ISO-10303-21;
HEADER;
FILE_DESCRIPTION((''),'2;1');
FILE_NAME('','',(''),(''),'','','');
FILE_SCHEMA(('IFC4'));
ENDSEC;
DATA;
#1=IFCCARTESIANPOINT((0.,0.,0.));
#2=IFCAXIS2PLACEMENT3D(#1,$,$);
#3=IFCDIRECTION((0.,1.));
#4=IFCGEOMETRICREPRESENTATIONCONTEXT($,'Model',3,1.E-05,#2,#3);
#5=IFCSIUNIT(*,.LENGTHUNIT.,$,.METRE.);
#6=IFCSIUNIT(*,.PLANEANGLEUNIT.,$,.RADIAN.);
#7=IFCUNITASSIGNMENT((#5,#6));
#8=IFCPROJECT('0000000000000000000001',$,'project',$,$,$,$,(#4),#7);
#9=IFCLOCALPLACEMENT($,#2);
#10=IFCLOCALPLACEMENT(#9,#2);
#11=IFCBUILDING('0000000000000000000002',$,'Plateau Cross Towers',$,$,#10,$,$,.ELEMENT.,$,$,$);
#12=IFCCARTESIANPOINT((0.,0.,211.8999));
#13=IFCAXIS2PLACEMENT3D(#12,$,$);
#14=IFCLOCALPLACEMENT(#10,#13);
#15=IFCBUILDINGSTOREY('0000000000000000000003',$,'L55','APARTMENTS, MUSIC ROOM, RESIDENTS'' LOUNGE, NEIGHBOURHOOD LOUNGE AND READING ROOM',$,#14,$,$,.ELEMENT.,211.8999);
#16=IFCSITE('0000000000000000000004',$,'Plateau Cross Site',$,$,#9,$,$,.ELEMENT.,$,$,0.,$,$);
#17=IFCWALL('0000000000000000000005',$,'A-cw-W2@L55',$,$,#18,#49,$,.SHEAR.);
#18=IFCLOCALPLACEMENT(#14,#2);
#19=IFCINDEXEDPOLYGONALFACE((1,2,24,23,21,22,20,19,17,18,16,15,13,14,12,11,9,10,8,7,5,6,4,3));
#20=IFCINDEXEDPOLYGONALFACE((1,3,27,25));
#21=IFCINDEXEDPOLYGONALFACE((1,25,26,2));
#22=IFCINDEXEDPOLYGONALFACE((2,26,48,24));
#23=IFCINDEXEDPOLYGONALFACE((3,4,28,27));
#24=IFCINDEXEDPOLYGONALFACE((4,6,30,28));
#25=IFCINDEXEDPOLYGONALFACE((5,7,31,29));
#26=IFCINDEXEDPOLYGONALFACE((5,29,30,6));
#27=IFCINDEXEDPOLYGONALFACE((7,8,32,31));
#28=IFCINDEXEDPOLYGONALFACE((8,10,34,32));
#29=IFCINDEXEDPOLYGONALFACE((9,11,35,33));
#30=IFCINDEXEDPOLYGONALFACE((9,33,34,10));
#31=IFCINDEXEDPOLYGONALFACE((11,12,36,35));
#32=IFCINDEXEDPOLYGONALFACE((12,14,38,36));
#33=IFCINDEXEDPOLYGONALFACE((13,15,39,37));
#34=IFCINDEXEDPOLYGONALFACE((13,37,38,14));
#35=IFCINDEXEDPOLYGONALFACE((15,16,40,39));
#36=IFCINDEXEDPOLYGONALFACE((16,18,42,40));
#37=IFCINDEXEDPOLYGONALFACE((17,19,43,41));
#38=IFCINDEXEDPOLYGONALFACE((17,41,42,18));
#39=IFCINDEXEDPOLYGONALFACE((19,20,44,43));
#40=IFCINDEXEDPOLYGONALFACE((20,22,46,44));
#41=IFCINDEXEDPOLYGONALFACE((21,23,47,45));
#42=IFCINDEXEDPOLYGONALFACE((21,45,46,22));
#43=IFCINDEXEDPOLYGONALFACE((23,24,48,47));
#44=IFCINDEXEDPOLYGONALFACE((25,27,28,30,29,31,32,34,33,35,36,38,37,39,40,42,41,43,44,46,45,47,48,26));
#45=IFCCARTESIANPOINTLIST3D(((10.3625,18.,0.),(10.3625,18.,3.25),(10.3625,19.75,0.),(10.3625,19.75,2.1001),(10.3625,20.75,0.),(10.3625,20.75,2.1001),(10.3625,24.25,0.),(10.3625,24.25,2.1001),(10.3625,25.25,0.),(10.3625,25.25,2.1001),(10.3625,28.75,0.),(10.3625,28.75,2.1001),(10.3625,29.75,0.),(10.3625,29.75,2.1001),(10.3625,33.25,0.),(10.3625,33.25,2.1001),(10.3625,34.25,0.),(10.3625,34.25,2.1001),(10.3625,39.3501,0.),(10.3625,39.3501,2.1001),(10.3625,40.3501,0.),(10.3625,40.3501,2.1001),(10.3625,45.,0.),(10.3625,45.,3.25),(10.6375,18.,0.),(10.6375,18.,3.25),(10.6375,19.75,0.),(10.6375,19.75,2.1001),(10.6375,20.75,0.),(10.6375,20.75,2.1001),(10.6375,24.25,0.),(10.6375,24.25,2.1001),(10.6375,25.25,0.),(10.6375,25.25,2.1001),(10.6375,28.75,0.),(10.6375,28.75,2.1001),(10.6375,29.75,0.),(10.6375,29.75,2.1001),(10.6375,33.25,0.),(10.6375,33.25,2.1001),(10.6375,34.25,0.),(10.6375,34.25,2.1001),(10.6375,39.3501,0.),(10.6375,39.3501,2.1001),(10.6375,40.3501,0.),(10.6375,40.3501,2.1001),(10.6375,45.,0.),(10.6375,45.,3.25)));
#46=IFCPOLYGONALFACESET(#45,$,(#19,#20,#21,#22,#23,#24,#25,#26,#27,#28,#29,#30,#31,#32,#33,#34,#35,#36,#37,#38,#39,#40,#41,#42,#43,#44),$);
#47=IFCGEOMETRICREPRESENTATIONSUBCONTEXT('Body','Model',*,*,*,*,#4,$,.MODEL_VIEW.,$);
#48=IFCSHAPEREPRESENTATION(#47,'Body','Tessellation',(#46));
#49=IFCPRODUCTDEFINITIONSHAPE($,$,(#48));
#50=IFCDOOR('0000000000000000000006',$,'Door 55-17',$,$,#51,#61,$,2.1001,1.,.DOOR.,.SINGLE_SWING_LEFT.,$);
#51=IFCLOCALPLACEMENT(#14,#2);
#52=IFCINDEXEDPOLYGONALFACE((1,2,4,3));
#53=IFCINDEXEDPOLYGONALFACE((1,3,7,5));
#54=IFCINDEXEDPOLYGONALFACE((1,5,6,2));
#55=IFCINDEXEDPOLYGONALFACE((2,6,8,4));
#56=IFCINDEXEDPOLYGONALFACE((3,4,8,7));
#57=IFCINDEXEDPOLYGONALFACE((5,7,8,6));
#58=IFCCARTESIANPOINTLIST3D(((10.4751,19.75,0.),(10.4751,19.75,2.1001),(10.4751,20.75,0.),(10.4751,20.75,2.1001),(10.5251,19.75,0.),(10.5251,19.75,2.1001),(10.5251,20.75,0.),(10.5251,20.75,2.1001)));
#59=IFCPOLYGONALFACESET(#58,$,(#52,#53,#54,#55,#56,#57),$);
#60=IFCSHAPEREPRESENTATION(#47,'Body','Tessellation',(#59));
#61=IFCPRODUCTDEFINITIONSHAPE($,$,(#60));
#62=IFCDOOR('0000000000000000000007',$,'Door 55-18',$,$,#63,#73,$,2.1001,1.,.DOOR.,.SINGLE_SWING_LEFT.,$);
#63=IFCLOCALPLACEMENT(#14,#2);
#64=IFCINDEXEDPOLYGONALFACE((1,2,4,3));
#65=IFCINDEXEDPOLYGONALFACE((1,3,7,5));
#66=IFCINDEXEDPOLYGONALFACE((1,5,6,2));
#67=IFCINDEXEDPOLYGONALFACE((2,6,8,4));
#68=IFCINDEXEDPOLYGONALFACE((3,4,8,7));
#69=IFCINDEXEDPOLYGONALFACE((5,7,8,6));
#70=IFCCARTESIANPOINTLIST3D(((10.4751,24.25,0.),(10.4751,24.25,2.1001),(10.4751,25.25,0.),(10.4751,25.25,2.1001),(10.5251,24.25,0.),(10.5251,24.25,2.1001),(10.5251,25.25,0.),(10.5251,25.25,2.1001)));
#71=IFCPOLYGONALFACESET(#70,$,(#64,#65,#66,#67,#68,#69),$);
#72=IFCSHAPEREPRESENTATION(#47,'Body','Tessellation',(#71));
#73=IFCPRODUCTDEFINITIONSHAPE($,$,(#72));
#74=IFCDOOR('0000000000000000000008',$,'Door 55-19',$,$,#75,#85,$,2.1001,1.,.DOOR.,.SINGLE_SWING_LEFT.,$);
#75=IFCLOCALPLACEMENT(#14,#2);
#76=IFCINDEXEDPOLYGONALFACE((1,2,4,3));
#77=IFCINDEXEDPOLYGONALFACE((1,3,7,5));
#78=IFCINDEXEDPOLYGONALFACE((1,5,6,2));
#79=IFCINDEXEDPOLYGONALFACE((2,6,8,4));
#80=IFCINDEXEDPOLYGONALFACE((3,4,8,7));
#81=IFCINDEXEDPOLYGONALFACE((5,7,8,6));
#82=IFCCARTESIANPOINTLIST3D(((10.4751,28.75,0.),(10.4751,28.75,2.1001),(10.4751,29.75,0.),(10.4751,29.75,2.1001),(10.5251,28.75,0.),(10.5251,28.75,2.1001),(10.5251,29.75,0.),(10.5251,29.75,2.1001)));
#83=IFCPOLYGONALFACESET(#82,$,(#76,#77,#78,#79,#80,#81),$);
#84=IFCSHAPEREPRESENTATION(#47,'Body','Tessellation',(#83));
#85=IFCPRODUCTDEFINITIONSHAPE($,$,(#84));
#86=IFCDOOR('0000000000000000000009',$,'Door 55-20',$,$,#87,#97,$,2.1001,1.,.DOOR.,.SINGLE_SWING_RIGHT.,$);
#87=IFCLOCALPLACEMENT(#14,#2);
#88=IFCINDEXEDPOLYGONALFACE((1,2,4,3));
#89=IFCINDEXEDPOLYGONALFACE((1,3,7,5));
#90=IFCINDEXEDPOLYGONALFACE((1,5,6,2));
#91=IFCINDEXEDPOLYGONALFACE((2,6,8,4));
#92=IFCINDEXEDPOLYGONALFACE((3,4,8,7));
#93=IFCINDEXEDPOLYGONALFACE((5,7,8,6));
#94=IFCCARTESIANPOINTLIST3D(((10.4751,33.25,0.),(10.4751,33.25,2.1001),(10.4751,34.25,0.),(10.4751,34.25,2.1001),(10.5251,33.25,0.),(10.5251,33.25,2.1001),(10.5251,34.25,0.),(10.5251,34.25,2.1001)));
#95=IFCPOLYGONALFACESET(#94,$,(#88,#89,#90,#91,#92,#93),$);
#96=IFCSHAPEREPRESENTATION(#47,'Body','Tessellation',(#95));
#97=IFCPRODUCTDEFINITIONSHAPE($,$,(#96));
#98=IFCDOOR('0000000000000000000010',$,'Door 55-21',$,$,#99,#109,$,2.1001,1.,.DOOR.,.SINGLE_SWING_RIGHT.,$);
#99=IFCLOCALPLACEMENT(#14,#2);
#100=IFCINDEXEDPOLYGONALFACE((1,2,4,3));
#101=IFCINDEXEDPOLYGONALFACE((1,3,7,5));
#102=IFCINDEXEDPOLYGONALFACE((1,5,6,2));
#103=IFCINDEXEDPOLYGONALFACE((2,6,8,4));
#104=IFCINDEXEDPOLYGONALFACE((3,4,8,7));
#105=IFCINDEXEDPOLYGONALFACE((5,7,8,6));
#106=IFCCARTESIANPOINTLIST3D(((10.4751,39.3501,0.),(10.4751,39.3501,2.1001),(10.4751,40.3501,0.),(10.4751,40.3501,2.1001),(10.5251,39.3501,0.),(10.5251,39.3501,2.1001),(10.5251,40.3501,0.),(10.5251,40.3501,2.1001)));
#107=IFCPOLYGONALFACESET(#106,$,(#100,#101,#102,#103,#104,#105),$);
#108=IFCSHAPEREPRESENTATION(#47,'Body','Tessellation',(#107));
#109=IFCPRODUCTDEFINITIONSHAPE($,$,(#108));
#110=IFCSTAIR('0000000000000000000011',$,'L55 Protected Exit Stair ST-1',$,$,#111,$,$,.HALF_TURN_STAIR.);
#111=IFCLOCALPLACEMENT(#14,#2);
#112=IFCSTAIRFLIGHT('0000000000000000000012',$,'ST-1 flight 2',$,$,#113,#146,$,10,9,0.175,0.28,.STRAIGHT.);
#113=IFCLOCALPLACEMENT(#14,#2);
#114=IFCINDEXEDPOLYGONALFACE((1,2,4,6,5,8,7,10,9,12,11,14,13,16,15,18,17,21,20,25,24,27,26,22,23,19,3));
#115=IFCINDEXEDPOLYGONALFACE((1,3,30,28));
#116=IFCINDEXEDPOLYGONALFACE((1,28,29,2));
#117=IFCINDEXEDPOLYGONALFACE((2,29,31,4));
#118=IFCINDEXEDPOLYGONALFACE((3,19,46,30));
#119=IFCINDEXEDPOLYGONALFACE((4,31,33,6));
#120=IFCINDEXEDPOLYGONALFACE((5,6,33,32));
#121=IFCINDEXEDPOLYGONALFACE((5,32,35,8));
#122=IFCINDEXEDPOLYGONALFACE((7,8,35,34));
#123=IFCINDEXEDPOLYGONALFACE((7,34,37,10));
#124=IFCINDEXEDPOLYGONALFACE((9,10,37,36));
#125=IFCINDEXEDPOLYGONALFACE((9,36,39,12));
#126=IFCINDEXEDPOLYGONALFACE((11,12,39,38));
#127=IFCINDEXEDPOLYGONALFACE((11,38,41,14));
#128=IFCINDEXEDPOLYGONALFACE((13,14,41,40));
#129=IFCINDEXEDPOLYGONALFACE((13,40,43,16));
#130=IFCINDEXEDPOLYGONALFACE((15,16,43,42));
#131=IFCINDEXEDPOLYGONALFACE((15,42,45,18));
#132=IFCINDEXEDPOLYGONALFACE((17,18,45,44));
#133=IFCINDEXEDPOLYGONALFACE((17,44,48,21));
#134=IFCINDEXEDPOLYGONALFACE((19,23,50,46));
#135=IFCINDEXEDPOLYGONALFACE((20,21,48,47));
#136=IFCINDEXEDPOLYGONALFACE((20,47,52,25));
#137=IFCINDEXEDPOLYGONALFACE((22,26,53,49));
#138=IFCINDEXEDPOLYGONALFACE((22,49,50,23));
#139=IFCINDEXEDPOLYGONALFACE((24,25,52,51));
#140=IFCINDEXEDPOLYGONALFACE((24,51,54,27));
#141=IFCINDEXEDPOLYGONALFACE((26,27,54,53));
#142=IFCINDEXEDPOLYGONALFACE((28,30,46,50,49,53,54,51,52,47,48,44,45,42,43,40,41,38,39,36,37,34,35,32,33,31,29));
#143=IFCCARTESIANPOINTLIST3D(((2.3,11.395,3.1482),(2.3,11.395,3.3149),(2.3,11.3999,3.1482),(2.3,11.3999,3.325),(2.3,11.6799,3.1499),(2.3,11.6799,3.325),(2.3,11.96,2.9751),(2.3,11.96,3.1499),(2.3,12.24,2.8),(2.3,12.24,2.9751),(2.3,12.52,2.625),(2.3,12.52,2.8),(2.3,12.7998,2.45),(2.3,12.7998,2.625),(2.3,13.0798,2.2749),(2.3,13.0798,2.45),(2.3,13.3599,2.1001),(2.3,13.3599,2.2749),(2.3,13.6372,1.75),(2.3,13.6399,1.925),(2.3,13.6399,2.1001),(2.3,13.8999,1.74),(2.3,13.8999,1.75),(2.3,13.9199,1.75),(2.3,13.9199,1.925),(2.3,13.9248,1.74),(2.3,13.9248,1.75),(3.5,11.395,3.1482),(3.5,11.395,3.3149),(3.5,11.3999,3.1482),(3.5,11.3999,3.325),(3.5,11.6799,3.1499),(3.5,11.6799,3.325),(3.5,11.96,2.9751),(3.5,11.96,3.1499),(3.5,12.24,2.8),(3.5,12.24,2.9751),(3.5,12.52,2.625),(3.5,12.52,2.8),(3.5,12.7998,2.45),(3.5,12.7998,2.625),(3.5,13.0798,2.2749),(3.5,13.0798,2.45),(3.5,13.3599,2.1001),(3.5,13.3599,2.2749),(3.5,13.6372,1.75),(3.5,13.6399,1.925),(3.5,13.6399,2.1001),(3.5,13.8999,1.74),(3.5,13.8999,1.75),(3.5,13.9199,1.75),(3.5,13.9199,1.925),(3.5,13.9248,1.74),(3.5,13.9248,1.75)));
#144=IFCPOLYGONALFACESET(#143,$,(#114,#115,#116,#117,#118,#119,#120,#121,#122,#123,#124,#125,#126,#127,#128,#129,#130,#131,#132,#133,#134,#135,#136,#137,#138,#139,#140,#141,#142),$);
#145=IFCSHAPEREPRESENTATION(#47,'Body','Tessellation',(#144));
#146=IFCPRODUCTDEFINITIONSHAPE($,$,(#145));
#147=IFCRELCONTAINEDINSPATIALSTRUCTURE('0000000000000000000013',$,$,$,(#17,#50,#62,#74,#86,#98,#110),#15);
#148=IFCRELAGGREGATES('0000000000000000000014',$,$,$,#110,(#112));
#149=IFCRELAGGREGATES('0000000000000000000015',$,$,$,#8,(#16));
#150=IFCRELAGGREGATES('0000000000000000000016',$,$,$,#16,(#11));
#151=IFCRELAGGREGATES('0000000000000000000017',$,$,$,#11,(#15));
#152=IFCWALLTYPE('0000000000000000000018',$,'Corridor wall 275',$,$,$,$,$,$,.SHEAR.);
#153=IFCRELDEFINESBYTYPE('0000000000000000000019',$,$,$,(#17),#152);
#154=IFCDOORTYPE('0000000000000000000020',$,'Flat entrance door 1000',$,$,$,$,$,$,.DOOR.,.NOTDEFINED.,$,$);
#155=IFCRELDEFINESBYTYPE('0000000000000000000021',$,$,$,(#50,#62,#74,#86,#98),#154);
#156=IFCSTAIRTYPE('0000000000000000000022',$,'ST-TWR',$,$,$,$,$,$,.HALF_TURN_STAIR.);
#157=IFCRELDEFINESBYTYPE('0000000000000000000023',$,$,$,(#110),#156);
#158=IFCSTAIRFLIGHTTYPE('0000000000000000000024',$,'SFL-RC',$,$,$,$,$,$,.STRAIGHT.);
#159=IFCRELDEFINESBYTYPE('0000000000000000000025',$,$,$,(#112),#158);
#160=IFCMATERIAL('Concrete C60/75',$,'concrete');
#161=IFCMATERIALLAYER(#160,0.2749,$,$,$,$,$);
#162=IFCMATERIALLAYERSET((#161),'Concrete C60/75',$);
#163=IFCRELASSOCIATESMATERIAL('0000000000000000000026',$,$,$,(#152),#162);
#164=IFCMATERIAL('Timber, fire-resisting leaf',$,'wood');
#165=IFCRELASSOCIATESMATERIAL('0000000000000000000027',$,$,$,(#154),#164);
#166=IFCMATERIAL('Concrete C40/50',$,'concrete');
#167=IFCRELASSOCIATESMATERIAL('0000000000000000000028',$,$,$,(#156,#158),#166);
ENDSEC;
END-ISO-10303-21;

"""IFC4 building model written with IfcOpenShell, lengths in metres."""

from ifc_helpers import new_model, si_unit, direction, frame, frame_2d, origin, place, context, subcontext, project, spatial, polyline, rectangle, outline, extrude, material, layer, layer_set, type_object, element, fill, aggregate, save


model = new_model("IFC4")

# Units and contexts
model_context = context("Model", 3, precision=1e-05, world=origin(), true_north=direction((0.0, 1.0)))
body_context = subcontext(model_context, "Body", "Model", "MODEL_VIEW")
ifc_project = project(units=[si_unit("LENGTHUNIT", "METRE"), si_unit("PLANEANGLEUNIT", "RADIAN")], contexts=[model_context])

# Site, building, storey
site_placement = place(None, origin())
site = spatial("IfcSite", under=ifc_project, at=site_placement, Name="Plateau Cross Site", CompositionType="ELEMENT", RefElevation=0.0)
building_placement = place(site_placement, origin())
building = spatial("IfcBuilding", under=site, at=building_placement, Name="Plateau Cross Towers", CompositionType="ELEMENT")
storey_placement = place(building_placement, frame((0.0, 0.0, 211.8999)))
storey = spatial("IfcBuildingStorey", under=building, at=storey_placement, Name="L55", Description="APARTMENTS, MUSIC ROOM, RESIDENTS' LOUNGE, NEIGHBOURHOOD LOUNGE AND READING ROOM", CompositionType="ELEMENT", Elevation=211.8999)

# Wall, openings, doors
ifc_material_1 = material(Name="Concrete C60/75", Category="concrete")
ifc_layer = layer(ifc_material_1, 0.2749)
ifc_layer_set = layer_set([ifc_layer], Name="Concrete C60/75")
wall_type = type_object("IfcWallType", Name="Corridor wall 275", PredefinedType="SHEAR", material=ifc_layer_set)
ifc_material_2 = material(Name="Timber, fire-resisting leaf", Category="wood")
door_type_1 = type_object("IfcDoorType", Name="Flat entrance door 1000", OperationType="NOTDEFINED", PredefinedType="DOOR", material=ifc_material_2)
wall_1_placement = place(storey_placement, frame((10.5, 18.0, 0.0), z_axis=(0.0, 0.0, 1.0), x_axis=(0.0, 1.0, 0.0)))
wall_1 = element("IfcWall", 1, at=wall_1_placement, inside=storey, type_object=wall_type, Name="A-cw-W2@L55", PredefinedType="SHEAR", context=body_context, shape_type="SweptSolid", body=[
    extrude(rectangle(XDim=27.0, YDim=0.2749, at=frame_2d((13.5, 0.0))), origin(), (0.0, 0.0, 1.0), 3.25),
])
opening_1_placement = place(wall_1_placement, frame((1.75, 0.0, 0.0)))
opening_1 = element("IfcOpeningElement", 2, at=opening_1_placement, cuts=wall_1, PredefinedType="OPENING", context=body_context, shape_type="SweptSolid", body=[
    extrude(rectangle(XDim=1.0, YDim=2.1001, at=frame_2d((0.5, 1.05))), frame((0.0, 0.1475, 0.0), z_axis=(0.0, -1.0, 0.0), x_axis=(1.0, 0.0, 0.0)), (0.0, 0.0, 1.0), 0.2949),
])
opening_2_placement = place(wall_1_placement, frame((6.25, 0.0, 0.0)))
opening_2 = element("IfcOpeningElement", 3, at=opening_2_placement, cuts=wall_1, PredefinedType="OPENING", context=body_context, shape_type="SweptSolid", body=[
    extrude(rectangle(XDim=1.0, YDim=2.1001, at=frame_2d((0.5, 1.05))), frame((0.0, 0.1475, 0.0), z_axis=(0.0, -1.0, 0.0), x_axis=(1.0, 0.0, 0.0)), (0.0, 0.0, 1.0), 0.2949),
])
opening_3_placement = place(wall_1_placement, frame((10.75, 0.0, 0.0)))
opening_3 = element("IfcOpeningElement", 4, at=opening_3_placement, cuts=wall_1, PredefinedType="OPENING", context=body_context, shape_type="SweptSolid", body=[
    extrude(rectangle(XDim=1.0, YDim=2.1001, at=frame_2d((0.5, 1.05))), frame((0.0, 0.1475, 0.0), z_axis=(0.0, -1.0, 0.0), x_axis=(1.0, 0.0, 0.0)), (0.0, 0.0, 1.0), 0.2949),
])
opening_4_placement = place(wall_1_placement, frame((15.25, 0.0, 0.0)))
opening_4 = element("IfcOpeningElement", 5, at=opening_4_placement, cuts=wall_1, PredefinedType="OPENING", context=body_context, shape_type="SweptSolid", body=[
    extrude(rectangle(XDim=1.0, YDim=2.1001, at=frame_2d((0.5, 1.05))), frame((0.0, 0.1475, 0.0), z_axis=(0.0, -1.0, 0.0), x_axis=(1.0, 0.0, 0.0)), (0.0, 0.0, 1.0), 0.2949),
])
opening_5_placement = place(wall_1_placement, frame((21.3501, 0.0, 0.0)))
opening_5 = element("IfcOpeningElement", 6, at=opening_5_placement, cuts=wall_1, PredefinedType="OPENING", context=body_context, shape_type="SweptSolid", body=[
    extrude(rectangle(XDim=1.0, YDim=2.1001, at=frame_2d((0.5, 1.05))), frame((0.0, 0.1475, 0.0), z_axis=(0.0, -1.0, 0.0), x_axis=(1.0, 0.0, 0.0)), (0.0, 0.0, 1.0), 0.2949),
])
door_1_placement = place(opening_1_placement, origin())
door_1 = element("IfcDoor", 7, at=door_1_placement, inside=storey, type_object=door_type_1, Name="Door 55-17", OperationType="SINGLE_SWING_LEFT", OverallHeight=2.1001, OverallWidth=1.0, PredefinedType="DOOR", context=body_context, shape_type="SweptSolid", body=[
    extrude(rectangle(XDim=1.0, YDim=2.1001, at=frame_2d((0.5, 1.05))), frame((0.0, 0.0249, 0.0), z_axis=(0.0, -1.0, 0.0), x_axis=(1.0, 0.0, 0.0)), (0.0, 0.0, 1.0), 0.05),
])
fill(opening_1, door_1)
door_2_placement = place(opening_2_placement, origin())
door_2 = element("IfcDoor", 8, at=door_2_placement, inside=storey, type_object=door_type_1, Name="Door 55-18", OperationType="SINGLE_SWING_LEFT", OverallHeight=2.1001, OverallWidth=1.0, PredefinedType="DOOR", context=body_context, shape_type="SweptSolid", body=[
    extrude(rectangle(XDim=1.0, YDim=2.1001, at=frame_2d((0.5, 1.05))), frame((0.0, 0.0249, 0.0), z_axis=(0.0, -1.0, 0.0), x_axis=(1.0, 0.0, 0.0)), (0.0, 0.0, 1.0), 0.05),
])
fill(opening_2, door_2)
door_3_placement = place(opening_3_placement, origin())
door_3 = element("IfcDoor", 9, at=door_3_placement, inside=storey, type_object=door_type_1, Name="Door 55-19", OperationType="SINGLE_SWING_LEFT", OverallHeight=2.1001, OverallWidth=1.0, PredefinedType="DOOR", context=body_context, shape_type="SweptSolid", body=[
    extrude(rectangle(XDim=1.0, YDim=2.1001, at=frame_2d((0.5, 1.05))), frame((0.0, 0.0249, 0.0), z_axis=(0.0, -1.0, 0.0), x_axis=(1.0, 0.0, 0.0)), (0.0, 0.0, 1.0), 0.05),
])
fill(opening_3, door_3)
door_4_placement = place(opening_4_placement, origin())
door_4 = element("IfcDoor", 10, at=door_4_placement, inside=storey, type_object=door_type_1, Name="Door 55-20", OperationType="SINGLE_SWING_RIGHT", OverallHeight=2.1001, OverallWidth=1.0, PredefinedType="DOOR", context=body_context, shape_type="SweptSolid", body=[
    extrude(rectangle(XDim=1.0, YDim=2.1001, at=frame_2d((0.5, 1.05))), frame((0.0, 0.0249, 0.0), z_axis=(0.0, -1.0, 0.0), x_axis=(1.0, 0.0, 0.0)), (0.0, 0.0, 1.0), 0.05),
])
fill(opening_4, door_4)
door_5_placement = place(opening_5_placement, origin())
door_5 = element("IfcDoor", 11, at=door_5_placement, inside=storey, type_object=door_type_1, Name="Door 55-21", OperationType="SINGLE_SWING_RIGHT", OverallHeight=2.1001, OverallWidth=1.0, PredefinedType="DOOR", context=body_context, shape_type="SweptSolid", body=[
    extrude(rectangle(XDim=1.0, YDim=2.1001, at=frame_2d((0.5, 1.05))), frame((0.0, 0.0249, 0.0), z_axis=(0.0, -1.0, 0.0), x_axis=(1.0, 0.0, 0.0)), (0.0, 0.0, 1.0), 0.05),
])
fill(opening_5, door_5)

# Stair, stair flight
ifc_material_3 = material(Name="Concrete C40/50", Category="concrete")
stair_type = type_object("IfcStairType", Name="ST-TWR", PredefinedType="HALF_TURN_STAIR", material=ifc_material_3)
stair_placement = place(storey_placement, origin())
stair = element("IfcStair", 12, at=stair_placement, inside=storey, type_object=stair_type, Name="L55 Protected Exit Stair ST-1", PredefinedType="HALF_TURN_STAIR")
stair_flight_type = type_object("IfcStairFlightType", Name="SFL-RC", PredefinedType="STRAIGHT", material=ifc_material_3)
stair_flight_placement = place(storey_placement, frame((2.8999, 13.9199, 1.75), z_axis=(0.0, 0.0, 1.0), x_axis=(0.0, -1.0, 0.0)))
stair_flight = element("IfcStairFlight", 13, at=stair_flight_placement, type_object=stair_flight_type, Name="ST-1 flight 2", NumberOfRisers=10, NumberOfTreads=9, PredefinedType="STRAIGHT", RiserHeight=0.175, TreadLength=0.28, context=body_context, shape_type="SweptSolid", body=[
    extrude(outline(polyline([(-0.0049, -0.01), (-0.0049, 0.0), (0.0, 0.0), (0.0, 0.175), (0.28, 0.175), (0.28, 0.3501), (0.5601, 0.3501), (0.5601, 0.5249), (0.8401, 0.5249), (0.8401, 0.7), (1.1201, 0.7), (1.1201, 0.875), (1.3999, 0.875), (1.3999, 1.05), (1.6799, 1.05), (1.6799, 1.2251), (1.96, 1.2251), (1.96, 1.3999), (2.24, 1.3999), (2.24, 1.575), (2.52, 1.575), (2.5249, 1.5649), (2.5249, 1.3982), (2.52, 1.3982), (0.2827, 0.0), (0.02, 0.0), (0.02, -0.01), (-0.0049, -0.01)])), frame((0.0, 0.6001, 0.0), z_axis=(0.0, -1.0, 0.0), x_axis=(1.0, 0.0, 0.0)), (0.0, 0.0, 1.0), 1.2),
])
aggregate(stair, [stair_flight])

save(model, "model.ifc")
